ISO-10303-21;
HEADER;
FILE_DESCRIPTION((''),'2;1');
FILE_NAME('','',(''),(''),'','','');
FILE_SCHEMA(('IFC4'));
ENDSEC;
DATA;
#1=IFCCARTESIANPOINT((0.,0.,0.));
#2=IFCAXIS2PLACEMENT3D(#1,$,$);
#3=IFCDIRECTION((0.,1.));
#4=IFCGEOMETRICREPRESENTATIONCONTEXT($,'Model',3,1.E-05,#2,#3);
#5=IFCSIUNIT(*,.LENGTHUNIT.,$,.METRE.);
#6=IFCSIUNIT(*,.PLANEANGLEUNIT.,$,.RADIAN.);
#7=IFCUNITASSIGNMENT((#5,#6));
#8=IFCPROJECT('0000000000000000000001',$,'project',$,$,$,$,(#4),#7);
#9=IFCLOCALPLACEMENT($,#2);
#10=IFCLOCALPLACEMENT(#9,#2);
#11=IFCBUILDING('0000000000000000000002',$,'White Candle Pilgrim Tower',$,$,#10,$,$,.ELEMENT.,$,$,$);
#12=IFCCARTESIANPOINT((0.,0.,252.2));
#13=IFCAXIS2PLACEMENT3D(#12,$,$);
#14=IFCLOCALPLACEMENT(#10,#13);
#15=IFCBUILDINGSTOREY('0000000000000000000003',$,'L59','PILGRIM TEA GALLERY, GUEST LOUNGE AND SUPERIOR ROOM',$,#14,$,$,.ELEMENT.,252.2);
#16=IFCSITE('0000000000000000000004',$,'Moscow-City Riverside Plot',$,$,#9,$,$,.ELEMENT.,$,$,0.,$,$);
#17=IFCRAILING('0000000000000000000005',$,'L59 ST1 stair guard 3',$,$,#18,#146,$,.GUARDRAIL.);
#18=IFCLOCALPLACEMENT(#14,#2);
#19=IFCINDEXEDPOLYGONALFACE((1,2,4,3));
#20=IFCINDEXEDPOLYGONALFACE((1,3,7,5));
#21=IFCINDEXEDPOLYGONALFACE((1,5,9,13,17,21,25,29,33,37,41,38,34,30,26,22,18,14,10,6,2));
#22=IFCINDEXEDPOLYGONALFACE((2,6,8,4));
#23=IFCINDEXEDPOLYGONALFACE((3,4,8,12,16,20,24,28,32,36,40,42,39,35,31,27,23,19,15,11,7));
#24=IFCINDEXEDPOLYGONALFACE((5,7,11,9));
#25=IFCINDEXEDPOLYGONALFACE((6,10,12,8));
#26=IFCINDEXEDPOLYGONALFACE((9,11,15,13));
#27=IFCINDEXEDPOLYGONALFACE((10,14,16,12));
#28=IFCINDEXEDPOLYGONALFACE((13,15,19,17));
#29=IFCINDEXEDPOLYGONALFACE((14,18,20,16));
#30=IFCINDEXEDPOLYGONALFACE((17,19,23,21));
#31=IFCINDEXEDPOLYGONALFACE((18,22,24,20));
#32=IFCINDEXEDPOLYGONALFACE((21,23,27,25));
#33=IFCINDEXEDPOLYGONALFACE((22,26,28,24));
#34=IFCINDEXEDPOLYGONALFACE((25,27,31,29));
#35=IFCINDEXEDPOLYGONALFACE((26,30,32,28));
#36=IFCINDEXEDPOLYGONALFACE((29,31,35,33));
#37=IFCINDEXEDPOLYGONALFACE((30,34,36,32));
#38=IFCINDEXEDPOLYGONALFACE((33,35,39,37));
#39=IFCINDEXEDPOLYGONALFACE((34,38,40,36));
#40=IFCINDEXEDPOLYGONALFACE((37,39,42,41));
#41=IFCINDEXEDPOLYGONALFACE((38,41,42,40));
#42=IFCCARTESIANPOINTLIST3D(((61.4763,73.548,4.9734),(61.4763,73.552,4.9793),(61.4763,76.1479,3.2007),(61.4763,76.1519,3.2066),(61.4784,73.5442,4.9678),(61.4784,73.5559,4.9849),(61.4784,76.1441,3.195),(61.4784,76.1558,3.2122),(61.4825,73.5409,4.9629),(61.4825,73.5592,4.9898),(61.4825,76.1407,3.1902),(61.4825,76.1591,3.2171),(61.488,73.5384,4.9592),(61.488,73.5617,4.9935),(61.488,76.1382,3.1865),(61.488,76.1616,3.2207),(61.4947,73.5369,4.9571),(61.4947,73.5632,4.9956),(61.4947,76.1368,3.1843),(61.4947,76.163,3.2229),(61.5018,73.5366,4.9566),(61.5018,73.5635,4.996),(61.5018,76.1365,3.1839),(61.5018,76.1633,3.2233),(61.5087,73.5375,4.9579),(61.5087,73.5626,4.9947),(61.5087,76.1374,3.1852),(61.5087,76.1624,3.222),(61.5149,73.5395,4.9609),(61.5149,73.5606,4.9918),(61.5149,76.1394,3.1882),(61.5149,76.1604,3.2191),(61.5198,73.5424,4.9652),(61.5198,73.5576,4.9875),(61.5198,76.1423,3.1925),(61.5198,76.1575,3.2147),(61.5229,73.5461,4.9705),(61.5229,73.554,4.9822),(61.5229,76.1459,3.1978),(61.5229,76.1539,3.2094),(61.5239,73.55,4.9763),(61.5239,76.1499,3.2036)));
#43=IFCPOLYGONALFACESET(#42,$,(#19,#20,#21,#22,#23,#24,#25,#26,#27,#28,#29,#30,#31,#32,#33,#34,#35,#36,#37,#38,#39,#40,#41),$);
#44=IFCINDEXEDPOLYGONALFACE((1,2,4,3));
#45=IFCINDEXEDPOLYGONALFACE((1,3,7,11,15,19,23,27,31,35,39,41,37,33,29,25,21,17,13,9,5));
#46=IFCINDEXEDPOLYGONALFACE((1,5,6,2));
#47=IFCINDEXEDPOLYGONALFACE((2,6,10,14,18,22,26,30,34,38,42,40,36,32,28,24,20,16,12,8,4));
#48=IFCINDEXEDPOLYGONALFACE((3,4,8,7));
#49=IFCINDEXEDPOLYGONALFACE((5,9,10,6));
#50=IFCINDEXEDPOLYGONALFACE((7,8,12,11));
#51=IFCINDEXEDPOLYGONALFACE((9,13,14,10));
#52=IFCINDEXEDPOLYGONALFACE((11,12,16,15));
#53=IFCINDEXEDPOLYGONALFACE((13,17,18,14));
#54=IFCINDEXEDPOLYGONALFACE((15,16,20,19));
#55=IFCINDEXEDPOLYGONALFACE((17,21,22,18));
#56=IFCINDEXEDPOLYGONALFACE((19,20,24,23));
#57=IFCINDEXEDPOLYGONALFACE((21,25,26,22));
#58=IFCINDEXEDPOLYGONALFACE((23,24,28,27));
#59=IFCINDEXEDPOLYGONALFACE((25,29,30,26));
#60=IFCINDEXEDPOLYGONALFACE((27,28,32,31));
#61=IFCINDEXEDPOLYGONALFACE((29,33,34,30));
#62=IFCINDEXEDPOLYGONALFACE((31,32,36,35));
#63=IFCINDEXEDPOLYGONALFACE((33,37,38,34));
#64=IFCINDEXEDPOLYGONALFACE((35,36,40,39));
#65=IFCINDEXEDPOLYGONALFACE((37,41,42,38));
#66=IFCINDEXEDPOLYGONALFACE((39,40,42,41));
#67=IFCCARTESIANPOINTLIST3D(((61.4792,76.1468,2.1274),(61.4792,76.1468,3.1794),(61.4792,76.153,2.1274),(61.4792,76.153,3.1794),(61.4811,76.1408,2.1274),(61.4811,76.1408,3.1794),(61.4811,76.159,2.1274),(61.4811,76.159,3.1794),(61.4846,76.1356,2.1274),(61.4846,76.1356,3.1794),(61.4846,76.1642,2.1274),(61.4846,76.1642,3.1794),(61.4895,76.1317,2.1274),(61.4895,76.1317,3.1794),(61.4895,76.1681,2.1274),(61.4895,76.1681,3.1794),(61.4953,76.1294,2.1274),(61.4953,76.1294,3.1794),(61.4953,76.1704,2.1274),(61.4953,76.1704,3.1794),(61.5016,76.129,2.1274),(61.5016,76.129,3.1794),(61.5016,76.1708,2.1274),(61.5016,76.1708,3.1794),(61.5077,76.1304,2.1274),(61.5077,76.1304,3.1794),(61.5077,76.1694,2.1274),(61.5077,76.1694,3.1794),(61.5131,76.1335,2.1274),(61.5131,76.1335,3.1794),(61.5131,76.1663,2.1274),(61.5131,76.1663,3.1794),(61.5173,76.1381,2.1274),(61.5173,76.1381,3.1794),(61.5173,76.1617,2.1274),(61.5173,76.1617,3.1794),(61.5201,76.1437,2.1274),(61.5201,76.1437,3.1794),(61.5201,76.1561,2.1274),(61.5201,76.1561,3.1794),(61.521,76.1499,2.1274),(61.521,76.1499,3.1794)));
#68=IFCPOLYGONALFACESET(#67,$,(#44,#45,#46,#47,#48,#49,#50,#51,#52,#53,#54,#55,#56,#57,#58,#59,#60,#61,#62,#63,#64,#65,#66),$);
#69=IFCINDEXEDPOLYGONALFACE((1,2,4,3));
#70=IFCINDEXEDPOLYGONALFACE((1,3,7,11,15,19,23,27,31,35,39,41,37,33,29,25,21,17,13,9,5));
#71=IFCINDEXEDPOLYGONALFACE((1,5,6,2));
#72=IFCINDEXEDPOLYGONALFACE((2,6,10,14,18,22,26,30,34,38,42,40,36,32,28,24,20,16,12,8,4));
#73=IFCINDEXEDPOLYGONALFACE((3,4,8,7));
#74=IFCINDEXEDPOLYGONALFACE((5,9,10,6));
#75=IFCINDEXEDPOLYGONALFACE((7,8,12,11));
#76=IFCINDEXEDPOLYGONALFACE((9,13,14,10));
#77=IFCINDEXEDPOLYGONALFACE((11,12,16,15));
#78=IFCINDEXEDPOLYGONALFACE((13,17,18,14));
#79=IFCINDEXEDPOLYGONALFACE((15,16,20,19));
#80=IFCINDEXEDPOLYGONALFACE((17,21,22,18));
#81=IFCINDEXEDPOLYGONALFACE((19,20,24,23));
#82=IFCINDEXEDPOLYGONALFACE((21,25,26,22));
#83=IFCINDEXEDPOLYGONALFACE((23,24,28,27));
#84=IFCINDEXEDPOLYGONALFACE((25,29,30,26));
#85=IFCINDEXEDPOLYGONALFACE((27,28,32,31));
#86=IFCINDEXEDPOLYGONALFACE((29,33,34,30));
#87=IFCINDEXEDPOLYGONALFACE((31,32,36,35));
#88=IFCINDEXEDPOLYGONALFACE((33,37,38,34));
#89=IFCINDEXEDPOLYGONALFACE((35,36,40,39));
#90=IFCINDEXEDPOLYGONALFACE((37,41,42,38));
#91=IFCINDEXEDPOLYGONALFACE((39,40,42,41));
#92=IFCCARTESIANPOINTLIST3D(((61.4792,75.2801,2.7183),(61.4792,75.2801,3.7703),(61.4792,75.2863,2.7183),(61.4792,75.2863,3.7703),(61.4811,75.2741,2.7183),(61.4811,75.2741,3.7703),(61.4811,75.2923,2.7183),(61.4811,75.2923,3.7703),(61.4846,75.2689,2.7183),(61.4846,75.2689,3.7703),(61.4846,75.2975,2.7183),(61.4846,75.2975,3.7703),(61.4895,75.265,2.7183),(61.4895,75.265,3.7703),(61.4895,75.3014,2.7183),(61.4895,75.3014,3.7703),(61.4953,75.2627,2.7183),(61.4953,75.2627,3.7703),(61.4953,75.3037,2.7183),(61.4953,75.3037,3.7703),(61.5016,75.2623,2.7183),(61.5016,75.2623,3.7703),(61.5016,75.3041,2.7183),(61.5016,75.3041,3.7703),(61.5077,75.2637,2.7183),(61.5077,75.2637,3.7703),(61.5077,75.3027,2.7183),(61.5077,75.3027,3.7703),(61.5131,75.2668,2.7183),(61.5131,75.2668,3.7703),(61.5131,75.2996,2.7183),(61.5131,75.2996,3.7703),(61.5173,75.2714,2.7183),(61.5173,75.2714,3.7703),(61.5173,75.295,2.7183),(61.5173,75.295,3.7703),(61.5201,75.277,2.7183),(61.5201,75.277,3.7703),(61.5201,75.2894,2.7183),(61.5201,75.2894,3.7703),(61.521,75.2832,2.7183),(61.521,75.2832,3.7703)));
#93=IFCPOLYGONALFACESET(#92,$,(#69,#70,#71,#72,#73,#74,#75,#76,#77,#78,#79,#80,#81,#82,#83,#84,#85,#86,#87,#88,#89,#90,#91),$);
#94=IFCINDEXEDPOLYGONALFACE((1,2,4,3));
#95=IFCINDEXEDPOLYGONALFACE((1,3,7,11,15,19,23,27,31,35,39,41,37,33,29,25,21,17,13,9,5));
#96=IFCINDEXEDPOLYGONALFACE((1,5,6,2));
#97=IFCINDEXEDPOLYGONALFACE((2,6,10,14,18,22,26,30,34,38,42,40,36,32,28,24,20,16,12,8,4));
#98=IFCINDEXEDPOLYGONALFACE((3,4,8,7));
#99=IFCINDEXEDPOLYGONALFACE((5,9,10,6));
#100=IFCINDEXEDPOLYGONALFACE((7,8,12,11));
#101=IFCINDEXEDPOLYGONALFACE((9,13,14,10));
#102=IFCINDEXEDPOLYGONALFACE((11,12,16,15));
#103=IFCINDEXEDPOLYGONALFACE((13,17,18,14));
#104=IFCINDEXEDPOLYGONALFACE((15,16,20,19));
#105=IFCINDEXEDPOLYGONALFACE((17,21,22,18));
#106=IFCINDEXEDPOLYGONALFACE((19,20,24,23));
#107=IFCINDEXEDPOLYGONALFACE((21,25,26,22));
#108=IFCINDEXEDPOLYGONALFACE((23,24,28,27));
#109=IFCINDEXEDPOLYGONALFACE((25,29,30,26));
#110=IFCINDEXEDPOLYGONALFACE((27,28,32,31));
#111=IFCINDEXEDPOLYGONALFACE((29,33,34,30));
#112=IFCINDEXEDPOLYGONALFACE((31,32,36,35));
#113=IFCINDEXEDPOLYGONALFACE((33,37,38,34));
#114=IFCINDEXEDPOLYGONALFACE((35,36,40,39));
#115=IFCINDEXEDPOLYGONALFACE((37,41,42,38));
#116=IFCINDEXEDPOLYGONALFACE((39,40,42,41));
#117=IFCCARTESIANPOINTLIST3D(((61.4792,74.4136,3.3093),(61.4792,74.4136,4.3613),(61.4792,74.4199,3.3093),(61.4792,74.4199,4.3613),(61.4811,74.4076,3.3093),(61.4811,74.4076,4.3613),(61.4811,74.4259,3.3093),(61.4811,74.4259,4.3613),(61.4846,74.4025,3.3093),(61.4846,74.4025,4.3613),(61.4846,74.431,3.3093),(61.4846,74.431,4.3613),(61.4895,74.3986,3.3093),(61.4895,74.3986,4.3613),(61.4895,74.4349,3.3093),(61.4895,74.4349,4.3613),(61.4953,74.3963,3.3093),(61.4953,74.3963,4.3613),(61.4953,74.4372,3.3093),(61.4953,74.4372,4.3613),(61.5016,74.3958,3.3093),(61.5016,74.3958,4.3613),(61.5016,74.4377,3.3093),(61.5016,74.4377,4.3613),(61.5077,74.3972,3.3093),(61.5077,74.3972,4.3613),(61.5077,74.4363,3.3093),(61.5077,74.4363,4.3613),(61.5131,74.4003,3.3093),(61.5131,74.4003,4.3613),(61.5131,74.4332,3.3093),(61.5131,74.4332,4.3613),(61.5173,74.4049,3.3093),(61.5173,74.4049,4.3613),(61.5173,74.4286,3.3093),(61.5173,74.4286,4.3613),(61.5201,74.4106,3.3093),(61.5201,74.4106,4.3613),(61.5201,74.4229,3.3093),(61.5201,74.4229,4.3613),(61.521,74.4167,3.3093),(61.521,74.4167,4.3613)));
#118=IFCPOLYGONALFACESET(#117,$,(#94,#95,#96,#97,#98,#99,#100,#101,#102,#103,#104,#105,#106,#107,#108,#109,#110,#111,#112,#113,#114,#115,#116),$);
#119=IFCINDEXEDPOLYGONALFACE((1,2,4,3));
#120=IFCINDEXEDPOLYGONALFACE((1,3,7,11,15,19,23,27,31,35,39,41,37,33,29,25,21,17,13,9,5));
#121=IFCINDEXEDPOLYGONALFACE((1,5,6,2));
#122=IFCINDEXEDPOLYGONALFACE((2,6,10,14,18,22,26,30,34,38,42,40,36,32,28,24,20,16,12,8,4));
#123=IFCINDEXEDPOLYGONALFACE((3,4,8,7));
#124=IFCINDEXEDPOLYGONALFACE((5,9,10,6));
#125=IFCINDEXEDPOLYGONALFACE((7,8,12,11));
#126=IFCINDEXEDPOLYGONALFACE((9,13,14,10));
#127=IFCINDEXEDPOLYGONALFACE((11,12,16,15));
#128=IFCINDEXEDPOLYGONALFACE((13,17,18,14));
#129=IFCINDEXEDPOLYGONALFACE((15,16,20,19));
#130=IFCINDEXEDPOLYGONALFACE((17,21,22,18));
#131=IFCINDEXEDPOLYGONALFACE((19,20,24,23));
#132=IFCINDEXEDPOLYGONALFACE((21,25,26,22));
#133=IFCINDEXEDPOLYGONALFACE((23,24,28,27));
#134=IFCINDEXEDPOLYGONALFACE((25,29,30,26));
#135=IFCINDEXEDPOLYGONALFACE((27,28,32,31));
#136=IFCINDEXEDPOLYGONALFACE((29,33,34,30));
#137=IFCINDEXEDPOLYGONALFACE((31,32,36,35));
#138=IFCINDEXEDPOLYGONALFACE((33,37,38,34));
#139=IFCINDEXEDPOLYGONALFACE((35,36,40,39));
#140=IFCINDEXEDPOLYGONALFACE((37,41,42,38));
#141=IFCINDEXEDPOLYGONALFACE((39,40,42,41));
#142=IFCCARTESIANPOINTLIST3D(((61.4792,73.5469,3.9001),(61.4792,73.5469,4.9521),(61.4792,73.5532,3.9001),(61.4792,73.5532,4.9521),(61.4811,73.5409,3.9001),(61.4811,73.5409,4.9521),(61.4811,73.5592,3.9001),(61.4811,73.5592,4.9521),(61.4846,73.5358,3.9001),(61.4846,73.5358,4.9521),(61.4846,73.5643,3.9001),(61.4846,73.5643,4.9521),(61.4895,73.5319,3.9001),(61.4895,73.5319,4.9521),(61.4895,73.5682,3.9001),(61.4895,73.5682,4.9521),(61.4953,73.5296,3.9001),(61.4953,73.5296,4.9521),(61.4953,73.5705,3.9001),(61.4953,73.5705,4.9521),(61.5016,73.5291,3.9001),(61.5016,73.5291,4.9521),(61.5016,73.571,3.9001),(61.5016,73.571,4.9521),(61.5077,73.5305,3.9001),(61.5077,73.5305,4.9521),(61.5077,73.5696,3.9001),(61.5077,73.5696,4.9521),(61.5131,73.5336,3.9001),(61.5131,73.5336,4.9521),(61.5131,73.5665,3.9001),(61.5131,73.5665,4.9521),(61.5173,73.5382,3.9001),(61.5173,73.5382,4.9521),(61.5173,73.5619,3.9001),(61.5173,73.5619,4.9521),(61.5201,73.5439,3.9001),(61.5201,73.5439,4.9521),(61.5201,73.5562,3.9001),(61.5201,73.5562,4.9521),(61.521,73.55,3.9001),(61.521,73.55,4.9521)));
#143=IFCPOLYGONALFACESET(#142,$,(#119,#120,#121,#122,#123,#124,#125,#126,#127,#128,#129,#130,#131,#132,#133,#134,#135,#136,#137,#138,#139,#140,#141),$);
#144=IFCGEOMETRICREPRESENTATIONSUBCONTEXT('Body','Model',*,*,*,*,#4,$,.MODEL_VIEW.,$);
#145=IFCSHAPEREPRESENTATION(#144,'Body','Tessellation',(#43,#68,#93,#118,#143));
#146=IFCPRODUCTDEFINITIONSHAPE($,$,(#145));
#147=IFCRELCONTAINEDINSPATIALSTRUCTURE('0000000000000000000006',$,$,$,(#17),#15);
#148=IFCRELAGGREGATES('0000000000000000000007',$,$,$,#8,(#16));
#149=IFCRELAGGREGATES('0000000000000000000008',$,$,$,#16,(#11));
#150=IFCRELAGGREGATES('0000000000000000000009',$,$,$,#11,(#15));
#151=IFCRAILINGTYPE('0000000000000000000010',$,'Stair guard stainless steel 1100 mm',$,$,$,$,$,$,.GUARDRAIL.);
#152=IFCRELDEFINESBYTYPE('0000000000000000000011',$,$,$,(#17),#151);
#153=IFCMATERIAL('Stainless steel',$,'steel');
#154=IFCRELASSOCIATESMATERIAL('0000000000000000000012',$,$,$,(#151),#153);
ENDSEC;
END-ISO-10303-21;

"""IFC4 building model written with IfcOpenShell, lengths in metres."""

from ifc_helpers import new_model, si_unit, direction, frame, origin, origin_2d, place, context, subcontext, project, spatial, circle, extrude, material, type_object, element, save


model = new_model("IFC4")

# Units and contexts
model_context = context("Model", 3, precision=1e-05, world=origin(), true_north=direction((0.0, 1.0)))
body_context = subcontext(model_context, "Body", "Model", "MODEL_VIEW")
ifc_project = project(units=[si_unit("LENGTHUNIT", "METRE"), si_unit("PLANEANGLEUNIT", "RADIAN")], contexts=[model_context])

# Site, building, storey
site_placement = place(None, origin())
site = spatial("IfcSite", under=ifc_project, at=site_placement, Name="Moscow-City Riverside Plot", CompositionType="ELEMENT", RefElevation=0.0)
building_placement = place(site_placement, origin())
building = spatial("IfcBuilding", under=site, at=building_placement, Name="White Candle Pilgrim Tower", CompositionType="ELEMENT")
storey_placement = place(building_placement, frame((0.0, 0.0, 252.2)))
storey = spatial("IfcBuildingStorey", under=building, at=storey_placement, Name="L59", Description="PILGRIM TEA GALLERY, GUEST LOUNGE AND SUPERIOR ROOM", CompositionType="ELEMENT", Elevation=252.2)

# Shared definitions
ifc_material_1 = material(Name="Stainless steel", Category="steel")

# Railing
railing_type_1 = type_object("IfcRailingType", Name="Stair guard stainless steel 1100 mm", PredefinedType="GUARDRAIL", material=ifc_material_1)
railing_1_placement = place(storey_placement, frame((61.5, 76.1499, 2.1274)))
element("IfcRailing", 1, at=railing_1_placement, inside=storey, type_object=railing_type_1, Name="L59 ST1 stair guard 3", PredefinedType="GUARDRAIL", context=body_context, shape_type="SweptSolid", body=[
    extrude(circle(Radius=0.0239, at=origin_2d()), frame((0.0, 0.0, 1.0762), z_axis=(0.0, -0.826216, 0.563354), x_axis=(1.0, 0.0, 0.0)), (0.0, 0.0, 1.0), 3.1467),
    extrude(circle(Radius=0.021, at=origin_2d()), origin(), (0.0, 0.0, 1.0), 1.052),
    extrude(circle(Radius=0.021, at=origin_2d()), frame((0.0, -0.8667, 0.5908)), (0.0, 0.0, 1.0), 1.052),
    extrude(circle(Radius=0.021, at=origin_2d()), frame((0.0, -1.7332, 1.1819)), (0.0, 0.0, 1.0), 1.052),
    extrude(circle(Radius=0.021, at=origin_2d()), frame((0.0, -2.5999, 1.7727)), (0.0, 0.0, 1.0), 1.052),
])

save(model, "model.ifc")
